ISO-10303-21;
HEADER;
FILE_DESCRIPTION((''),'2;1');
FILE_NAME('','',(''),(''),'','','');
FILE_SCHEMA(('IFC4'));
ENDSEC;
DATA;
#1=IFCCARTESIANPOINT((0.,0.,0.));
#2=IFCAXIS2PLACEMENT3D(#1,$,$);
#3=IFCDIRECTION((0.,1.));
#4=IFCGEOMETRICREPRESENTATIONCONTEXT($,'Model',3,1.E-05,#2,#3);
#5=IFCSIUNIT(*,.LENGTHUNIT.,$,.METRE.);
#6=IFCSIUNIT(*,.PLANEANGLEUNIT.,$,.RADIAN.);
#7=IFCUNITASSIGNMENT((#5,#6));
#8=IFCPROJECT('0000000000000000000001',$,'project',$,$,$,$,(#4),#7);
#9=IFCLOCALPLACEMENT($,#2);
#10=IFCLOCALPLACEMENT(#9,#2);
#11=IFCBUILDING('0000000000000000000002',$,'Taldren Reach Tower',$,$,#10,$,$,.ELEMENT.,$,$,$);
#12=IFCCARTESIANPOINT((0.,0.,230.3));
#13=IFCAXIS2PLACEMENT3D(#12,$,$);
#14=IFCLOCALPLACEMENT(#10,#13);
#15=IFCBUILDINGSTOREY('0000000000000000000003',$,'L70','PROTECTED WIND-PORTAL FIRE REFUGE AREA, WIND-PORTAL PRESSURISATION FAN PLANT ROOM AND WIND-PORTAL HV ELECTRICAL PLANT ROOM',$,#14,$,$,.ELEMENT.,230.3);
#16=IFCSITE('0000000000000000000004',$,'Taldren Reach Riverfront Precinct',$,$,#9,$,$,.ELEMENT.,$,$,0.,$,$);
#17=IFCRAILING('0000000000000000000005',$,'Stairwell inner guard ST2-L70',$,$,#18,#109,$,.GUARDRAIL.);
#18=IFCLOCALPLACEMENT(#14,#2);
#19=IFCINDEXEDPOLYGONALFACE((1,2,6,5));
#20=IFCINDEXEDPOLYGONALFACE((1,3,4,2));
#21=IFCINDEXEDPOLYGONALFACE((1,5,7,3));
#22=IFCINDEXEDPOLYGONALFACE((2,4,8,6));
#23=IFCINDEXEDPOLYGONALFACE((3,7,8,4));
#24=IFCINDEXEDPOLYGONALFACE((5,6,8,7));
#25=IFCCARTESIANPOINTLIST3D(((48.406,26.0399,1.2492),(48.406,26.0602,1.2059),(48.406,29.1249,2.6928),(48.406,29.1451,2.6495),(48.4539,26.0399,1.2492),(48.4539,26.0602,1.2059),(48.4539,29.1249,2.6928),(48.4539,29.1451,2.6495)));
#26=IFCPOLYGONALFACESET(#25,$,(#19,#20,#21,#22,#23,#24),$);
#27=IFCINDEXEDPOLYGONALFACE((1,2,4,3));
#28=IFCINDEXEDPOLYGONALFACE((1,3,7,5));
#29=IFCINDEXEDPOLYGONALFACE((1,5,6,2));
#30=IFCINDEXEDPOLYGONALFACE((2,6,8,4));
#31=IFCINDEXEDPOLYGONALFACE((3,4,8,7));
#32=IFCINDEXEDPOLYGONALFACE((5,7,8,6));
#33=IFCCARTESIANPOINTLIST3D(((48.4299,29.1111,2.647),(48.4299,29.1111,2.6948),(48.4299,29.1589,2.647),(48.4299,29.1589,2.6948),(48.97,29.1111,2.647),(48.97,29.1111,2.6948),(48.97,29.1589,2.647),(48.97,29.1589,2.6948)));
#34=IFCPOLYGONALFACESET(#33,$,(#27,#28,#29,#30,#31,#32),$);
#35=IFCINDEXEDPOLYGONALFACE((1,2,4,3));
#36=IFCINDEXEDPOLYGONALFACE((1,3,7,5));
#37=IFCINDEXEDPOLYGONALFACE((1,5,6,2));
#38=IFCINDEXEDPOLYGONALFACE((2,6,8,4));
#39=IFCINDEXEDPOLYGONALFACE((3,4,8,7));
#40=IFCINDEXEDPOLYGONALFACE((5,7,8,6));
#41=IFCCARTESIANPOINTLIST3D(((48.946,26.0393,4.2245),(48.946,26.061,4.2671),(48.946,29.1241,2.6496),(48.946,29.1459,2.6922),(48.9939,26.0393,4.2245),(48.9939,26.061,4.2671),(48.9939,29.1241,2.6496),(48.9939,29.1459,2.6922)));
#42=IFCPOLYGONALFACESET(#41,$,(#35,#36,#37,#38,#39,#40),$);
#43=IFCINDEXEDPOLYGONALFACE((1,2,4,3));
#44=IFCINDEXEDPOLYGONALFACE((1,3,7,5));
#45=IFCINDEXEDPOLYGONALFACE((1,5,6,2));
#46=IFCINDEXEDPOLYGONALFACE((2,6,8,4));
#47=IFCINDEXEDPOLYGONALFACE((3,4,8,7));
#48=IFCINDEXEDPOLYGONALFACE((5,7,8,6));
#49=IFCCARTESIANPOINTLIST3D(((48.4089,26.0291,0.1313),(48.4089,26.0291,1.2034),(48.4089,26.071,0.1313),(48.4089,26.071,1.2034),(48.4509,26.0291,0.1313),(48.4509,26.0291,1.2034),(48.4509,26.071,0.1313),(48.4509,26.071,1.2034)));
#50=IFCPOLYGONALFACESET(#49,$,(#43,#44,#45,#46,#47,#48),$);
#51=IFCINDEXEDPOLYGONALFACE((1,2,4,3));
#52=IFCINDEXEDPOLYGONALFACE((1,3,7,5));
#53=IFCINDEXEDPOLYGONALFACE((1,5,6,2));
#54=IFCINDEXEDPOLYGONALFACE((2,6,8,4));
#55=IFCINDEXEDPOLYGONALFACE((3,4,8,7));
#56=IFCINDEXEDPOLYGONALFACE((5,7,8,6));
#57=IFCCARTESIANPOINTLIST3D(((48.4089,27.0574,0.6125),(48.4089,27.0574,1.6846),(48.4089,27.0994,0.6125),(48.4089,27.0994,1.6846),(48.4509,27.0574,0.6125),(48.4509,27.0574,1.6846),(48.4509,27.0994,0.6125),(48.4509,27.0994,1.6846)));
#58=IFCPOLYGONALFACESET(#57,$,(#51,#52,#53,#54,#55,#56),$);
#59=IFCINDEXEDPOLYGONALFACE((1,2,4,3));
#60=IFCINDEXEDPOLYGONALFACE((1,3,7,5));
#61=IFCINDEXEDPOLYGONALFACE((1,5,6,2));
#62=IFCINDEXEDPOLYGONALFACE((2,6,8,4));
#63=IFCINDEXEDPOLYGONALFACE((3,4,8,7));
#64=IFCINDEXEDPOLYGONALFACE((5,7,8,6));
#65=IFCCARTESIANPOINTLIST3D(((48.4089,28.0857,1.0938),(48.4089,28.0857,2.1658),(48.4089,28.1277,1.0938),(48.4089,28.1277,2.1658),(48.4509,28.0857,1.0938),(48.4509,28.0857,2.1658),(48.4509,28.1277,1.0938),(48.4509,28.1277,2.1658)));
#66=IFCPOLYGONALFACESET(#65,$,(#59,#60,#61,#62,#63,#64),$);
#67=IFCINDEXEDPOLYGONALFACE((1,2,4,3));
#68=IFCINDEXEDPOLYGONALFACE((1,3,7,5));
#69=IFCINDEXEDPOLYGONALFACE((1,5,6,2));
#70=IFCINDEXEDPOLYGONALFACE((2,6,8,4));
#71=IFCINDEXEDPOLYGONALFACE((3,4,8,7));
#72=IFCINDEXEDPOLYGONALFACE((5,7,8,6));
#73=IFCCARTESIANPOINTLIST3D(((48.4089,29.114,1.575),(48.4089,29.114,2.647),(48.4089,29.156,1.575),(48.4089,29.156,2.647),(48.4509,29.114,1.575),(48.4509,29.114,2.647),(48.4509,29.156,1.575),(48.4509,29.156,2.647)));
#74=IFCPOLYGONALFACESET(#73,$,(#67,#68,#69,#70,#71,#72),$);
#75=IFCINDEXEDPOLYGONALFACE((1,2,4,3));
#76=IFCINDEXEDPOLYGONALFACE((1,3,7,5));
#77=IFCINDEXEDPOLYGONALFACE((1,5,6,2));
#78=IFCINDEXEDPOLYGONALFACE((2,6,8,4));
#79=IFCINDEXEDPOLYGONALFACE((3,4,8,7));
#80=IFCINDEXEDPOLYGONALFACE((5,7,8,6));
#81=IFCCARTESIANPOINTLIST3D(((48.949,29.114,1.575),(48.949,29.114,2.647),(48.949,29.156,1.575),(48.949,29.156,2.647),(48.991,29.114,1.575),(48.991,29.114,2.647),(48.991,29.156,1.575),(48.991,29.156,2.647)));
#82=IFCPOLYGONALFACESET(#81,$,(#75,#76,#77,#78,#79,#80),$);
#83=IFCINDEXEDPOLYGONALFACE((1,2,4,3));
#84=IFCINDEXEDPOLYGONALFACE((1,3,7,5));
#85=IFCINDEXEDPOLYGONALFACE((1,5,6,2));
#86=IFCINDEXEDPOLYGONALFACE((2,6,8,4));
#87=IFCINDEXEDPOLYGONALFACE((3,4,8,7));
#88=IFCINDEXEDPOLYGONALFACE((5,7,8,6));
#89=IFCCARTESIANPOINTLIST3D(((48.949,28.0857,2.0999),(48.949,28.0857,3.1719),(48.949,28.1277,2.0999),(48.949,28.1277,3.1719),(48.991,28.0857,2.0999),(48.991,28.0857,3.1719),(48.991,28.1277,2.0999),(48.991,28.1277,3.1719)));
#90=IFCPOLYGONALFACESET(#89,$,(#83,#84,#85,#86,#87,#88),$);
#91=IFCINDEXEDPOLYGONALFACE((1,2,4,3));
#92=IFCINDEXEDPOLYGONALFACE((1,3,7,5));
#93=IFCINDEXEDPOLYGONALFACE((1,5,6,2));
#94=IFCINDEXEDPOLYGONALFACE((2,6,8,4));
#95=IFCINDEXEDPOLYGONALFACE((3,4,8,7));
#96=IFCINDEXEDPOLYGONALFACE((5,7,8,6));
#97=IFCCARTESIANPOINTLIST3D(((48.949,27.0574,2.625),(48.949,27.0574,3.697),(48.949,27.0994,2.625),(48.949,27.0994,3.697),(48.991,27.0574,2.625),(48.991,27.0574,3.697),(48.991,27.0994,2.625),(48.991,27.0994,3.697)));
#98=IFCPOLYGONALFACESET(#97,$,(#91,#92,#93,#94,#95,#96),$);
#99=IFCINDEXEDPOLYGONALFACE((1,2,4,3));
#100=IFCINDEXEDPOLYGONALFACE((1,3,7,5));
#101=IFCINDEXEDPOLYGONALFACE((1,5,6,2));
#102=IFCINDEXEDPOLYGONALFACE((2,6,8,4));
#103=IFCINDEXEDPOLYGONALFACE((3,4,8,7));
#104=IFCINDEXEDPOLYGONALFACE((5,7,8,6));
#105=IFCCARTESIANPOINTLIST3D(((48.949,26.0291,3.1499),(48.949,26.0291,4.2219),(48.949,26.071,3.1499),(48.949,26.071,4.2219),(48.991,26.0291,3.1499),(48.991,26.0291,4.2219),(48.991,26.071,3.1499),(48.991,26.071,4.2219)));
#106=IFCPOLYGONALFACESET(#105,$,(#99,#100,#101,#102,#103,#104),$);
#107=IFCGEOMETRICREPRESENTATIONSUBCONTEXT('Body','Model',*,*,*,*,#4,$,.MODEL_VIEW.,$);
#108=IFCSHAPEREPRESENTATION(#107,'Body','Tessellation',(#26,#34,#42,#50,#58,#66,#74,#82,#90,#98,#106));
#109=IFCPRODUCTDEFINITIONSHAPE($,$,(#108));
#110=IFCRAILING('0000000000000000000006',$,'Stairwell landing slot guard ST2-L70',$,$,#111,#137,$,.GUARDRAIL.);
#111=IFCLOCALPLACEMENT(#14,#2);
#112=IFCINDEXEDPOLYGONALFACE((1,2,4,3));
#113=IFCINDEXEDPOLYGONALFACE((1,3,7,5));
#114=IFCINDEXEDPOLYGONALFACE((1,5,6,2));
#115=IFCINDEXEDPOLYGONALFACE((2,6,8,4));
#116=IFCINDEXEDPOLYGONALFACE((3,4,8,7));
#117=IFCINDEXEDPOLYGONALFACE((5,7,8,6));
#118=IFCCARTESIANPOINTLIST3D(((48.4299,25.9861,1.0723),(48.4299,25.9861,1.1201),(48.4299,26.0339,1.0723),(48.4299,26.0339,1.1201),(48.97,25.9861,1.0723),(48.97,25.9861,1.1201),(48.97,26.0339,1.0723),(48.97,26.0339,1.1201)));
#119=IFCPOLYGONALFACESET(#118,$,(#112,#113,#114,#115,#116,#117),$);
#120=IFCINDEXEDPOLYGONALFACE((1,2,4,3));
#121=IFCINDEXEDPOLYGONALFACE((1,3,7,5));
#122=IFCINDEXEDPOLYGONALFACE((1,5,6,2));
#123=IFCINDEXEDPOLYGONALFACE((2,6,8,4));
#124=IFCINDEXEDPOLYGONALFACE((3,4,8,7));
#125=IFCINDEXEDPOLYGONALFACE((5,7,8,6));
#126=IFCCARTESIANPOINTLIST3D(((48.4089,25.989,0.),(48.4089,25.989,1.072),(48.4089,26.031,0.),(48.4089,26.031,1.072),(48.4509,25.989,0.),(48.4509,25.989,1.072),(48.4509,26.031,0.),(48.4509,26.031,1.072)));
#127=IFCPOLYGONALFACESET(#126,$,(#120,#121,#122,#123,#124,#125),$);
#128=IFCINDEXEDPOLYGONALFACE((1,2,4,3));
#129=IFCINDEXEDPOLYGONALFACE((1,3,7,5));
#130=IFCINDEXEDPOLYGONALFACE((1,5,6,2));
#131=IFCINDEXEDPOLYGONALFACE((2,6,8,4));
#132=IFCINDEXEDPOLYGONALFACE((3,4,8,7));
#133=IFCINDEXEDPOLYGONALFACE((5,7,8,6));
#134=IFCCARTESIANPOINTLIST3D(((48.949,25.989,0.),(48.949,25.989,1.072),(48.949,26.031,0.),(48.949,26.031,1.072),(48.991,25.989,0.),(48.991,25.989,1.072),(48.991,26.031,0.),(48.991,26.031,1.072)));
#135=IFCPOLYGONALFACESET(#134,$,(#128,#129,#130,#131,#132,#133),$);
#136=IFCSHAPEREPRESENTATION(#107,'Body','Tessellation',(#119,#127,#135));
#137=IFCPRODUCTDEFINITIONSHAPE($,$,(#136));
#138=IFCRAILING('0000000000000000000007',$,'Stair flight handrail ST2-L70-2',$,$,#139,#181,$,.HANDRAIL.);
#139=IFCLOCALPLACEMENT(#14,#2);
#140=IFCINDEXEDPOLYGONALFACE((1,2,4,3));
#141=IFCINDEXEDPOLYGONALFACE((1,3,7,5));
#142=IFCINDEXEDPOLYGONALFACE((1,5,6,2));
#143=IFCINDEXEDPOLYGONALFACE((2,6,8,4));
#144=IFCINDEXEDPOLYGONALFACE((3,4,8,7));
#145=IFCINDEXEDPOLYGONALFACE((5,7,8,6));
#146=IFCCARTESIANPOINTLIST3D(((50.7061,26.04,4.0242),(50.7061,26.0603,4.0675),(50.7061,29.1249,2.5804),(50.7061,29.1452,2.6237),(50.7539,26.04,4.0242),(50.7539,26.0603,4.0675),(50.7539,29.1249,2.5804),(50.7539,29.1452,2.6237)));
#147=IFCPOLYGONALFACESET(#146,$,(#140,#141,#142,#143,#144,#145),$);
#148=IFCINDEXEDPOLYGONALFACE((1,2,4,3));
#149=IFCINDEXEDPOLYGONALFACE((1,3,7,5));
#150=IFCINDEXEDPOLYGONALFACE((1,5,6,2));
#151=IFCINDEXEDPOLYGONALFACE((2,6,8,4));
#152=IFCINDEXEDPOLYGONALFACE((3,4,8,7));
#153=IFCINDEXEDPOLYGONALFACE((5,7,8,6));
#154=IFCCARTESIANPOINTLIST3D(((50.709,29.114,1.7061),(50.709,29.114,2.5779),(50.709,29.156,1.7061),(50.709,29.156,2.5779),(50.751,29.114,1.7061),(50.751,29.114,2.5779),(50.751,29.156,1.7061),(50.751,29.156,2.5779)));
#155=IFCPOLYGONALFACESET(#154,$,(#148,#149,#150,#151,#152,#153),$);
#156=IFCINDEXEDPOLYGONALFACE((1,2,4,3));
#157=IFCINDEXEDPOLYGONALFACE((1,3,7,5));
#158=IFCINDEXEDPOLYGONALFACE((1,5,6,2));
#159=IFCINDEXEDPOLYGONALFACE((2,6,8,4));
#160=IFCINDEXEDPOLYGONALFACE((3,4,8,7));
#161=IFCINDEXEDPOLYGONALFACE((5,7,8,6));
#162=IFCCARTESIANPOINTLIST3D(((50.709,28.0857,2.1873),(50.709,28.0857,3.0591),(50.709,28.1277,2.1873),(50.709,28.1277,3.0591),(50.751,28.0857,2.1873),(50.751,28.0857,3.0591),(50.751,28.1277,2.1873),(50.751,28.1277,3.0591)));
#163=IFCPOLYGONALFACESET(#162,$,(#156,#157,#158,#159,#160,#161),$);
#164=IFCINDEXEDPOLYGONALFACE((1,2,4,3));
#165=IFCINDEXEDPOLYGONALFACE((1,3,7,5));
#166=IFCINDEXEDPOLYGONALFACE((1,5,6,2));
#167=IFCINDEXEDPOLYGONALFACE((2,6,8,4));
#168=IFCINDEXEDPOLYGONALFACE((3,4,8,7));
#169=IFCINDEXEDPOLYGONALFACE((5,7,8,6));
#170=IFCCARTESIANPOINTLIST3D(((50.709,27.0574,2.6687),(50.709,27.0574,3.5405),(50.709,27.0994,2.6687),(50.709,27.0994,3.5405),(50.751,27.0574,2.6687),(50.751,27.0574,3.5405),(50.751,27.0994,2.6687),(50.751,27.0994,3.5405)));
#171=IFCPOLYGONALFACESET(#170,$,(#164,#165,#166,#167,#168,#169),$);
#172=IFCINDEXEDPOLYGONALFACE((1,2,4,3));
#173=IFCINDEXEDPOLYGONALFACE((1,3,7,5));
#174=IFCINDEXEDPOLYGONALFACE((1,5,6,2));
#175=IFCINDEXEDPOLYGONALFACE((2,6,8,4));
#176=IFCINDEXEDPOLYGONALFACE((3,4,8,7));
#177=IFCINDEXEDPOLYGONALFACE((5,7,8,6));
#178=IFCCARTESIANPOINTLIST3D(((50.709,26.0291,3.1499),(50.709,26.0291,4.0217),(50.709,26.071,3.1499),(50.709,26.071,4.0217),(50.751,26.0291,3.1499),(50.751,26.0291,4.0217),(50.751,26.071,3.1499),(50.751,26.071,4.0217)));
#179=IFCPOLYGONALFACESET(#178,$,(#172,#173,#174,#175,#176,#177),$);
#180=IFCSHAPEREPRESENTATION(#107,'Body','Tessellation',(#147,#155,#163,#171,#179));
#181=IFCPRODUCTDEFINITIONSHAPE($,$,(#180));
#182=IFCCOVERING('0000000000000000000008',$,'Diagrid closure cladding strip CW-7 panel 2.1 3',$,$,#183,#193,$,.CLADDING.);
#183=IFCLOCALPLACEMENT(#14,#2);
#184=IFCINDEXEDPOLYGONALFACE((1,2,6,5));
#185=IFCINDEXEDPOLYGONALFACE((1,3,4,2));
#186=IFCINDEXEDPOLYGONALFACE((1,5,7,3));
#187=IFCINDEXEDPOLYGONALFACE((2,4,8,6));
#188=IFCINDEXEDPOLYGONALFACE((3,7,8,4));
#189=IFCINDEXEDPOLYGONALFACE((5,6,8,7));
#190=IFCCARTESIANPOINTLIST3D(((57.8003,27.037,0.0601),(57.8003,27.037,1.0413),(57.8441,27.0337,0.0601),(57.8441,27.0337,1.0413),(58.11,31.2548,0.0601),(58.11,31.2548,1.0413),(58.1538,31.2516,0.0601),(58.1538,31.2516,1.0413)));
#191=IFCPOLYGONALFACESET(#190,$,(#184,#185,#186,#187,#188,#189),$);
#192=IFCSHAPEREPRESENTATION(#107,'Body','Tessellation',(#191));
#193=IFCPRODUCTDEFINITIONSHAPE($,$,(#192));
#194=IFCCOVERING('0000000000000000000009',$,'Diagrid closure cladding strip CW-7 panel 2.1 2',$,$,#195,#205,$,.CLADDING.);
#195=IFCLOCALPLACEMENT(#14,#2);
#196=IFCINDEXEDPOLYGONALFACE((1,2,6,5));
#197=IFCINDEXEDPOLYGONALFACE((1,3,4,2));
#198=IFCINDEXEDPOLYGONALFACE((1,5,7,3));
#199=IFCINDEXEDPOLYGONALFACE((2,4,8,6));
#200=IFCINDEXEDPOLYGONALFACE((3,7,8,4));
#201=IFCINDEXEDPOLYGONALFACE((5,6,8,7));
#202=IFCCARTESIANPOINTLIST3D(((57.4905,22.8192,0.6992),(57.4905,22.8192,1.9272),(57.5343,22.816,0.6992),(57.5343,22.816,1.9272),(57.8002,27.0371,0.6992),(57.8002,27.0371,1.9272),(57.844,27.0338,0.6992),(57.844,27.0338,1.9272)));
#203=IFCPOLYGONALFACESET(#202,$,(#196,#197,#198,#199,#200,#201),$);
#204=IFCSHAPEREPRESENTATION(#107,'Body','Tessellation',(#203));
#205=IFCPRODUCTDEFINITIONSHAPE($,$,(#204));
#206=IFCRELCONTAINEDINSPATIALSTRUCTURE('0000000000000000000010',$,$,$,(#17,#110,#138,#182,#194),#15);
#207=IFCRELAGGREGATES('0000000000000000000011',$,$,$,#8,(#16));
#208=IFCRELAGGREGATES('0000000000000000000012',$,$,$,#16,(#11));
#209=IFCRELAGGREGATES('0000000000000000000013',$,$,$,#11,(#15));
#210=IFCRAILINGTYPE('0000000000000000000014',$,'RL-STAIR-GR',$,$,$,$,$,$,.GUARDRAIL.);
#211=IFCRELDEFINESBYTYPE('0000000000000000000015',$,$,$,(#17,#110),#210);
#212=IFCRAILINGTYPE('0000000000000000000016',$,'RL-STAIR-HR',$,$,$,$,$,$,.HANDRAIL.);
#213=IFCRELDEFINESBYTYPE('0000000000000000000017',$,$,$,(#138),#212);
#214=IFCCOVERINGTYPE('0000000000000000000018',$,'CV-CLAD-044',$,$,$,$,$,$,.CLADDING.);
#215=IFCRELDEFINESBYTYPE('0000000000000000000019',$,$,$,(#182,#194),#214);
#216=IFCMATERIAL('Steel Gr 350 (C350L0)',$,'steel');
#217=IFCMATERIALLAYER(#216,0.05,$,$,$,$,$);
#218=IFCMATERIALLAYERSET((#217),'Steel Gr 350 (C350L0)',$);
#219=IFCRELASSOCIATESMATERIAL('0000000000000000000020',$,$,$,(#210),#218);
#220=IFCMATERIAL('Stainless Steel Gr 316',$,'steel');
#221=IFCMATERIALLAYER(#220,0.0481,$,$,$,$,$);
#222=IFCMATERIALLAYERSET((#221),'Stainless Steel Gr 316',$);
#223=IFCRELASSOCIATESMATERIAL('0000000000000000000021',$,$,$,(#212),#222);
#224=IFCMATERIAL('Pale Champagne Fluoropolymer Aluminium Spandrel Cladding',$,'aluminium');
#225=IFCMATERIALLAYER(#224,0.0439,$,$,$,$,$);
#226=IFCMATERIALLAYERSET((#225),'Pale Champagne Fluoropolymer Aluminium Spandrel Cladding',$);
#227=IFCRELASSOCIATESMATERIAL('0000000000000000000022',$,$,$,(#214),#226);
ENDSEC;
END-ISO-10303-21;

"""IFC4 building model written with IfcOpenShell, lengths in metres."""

from ifc_helpers import new_model, si_unit, direction, frame, origin, origin_2d, place, context, subcontext, project, spatial, rectangle, extrude, source, transform, mapped, material, layer, layer_set, type_object, element, save


model = new_model("IFC4")

# Units and contexts
model_context = context("Model", 3, precision=1e-05, world=origin(), true_north=direction((0.0, 1.0)))
body_context = subcontext(model_context, "Body", "Model", "MODEL_VIEW")
ifc_project = project(units=[si_unit("LENGTHUNIT", "METRE"), si_unit("PLANEANGLEUNIT", "RADIAN")], contexts=[model_context])

# Site, building, storey
site_placement = place(None, origin())
site = spatial("IfcSite", under=ifc_project, at=site_placement, Name="Taldren Reach Riverfront Precinct", CompositionType="ELEMENT", RefElevation=0.0)
building_placement = place(site_placement, origin())
building = spatial("IfcBuilding", under=site, at=building_placement, Name="Taldren Reach Tower", CompositionType="ELEMENT")
storey_placement = place(building_placement, frame((0.0, 0.0, 230.3)))
storey = spatial("IfcBuildingStorey", under=building, at=storey_placement, Name="L70", Description="PROTECTED WIND-PORTAL FIRE REFUGE AREA, WIND-PORTAL PRESSURISATION FAN PLANT ROOM AND WIND-PORTAL HV ELECTRICAL PLANT ROOM", CompositionType="ELEMENT", Elevation=230.3)

# Shared definitions
ifc_material_1 = material(Name="Steel Gr 350 (C350L0)", Category="steel")

# Railings
ifc_layer_1 = layer(ifc_material_1, 0.05)
ifc_layer_set_1 = layer_set([ifc_layer_1], Name="Steel Gr 350 (C350L0)")
railing_type_1 = type_object("IfcRailingType", Name="RL-STAIR-GR", PredefinedType="GUARDRAIL", material=ifc_layer_set_1)
railing_1_placement = place(storey_placement, frame((48.4299, 26.05, 0.1313)))
element("IfcRailing", 1, at=railing_1_placement, inside=storey, type_object=railing_type_1, Name="Stairwell inner guard ST2-L70", PredefinedType="GUARDRAIL", context=body_context, shape_type="SweptSolid", body=[
    extrude(rectangle(XDim=0.0479, YDim=0.0479, at=origin_2d()), frame((0.0, 0.0, 1.0962), z_axis=(0.0, 0.905738, 0.423839), x_axis=(-1.0, 0.0, 0.0)), (0.0, 0.0, 1.0), 3.406),
    extrude(rectangle(XDim=0.0479, YDim=0.0479, at=origin_2d()), frame((0.0, 3.085, 2.5396), z_axis=(1.0, 0.0, 0.0), x_axis=(0.0, 1.0, 0.0)), (0.0, 0.0, 1.0), 0.54),
    extrude(rectangle(XDim=0.0479, YDim=0.0479, at=origin_2d()), frame((0.54, 3.085, 2.5396), z_axis=(0.0, -0.890646, 0.454697), x_axis=(1.0, 0.0, 0.0)), (0.0, 0.0, 1.0), 3.4636),
    extrude(rectangle(XDim=0.042, YDim=0.042, at=origin_2d()), origin(), (0.0, 0.0, 1.0), 1.072),
    extrude(rectangle(XDim=0.042, YDim=0.042, at=origin_2d()), frame((0.0, 1.0283, 0.4812)), (0.0, 0.0, 1.0), 1.072),
    extrude(rectangle(XDim=0.042, YDim=0.042, at=origin_2d()), frame((0.0, 2.0566, 0.9624)), (0.0, 0.0, 1.0), 1.072),
    extrude(rectangle(XDim=0.042, YDim=0.042, at=origin_2d()), frame((0.0, 3.085, 1.4436)), (0.0, 0.0, 1.0), 1.072),
    extrude(rectangle(XDim=0.042, YDim=0.042, at=origin_2d()), frame((0.54, 3.085, 1.4436)), (0.0, 0.0, 1.0), 1.072),
    extrude(rectangle(XDim=0.042, YDim=0.042, at=origin_2d()), frame((0.54, 2.0566, 1.9685)), (0.0, 0.0, 1.0), 1.072),
    extrude(rectangle(XDim=0.042, YDim=0.042, at=origin_2d()), frame((0.54, 1.0283, 2.4937)), (0.0, 0.0, 1.0), 1.072),
    extrude(rectangle(XDim=0.042, YDim=0.042, at=origin_2d()), frame((0.54, 0.0, 3.0186)), (0.0, 0.0, 1.0), 1.072),
])
railing_2_placement = place(storey_placement, frame((48.4299, 26.01, 0.0)))
element("IfcRailing", 2, at=railing_2_placement, inside=storey, type_object=railing_type_1, Name="Stairwell landing slot guard ST2-L70", PredefinedType="GUARDRAIL", context=body_context, shape_type="SweptSolid", body=[
    extrude(rectangle(XDim=0.0479, YDim=0.0479, at=origin_2d()), frame((0.0, 0.0, 1.0962), z_axis=(1.0, 0.0, 0.0), x_axis=(0.0, 1.0, 0.0)), (0.0, 0.0, 1.0), 0.54),
    extrude(rectangle(XDim=0.042, YDim=0.042, at=origin_2d()), origin(), (0.0, 0.0, 1.0), 1.072),
    extrude(rectangle(XDim=0.042, YDim=0.042, at=origin_2d()), frame((0.54, 0.0, 0.0)), (0.0, 0.0, 1.0), 1.072),
])
ifc_material_2 = material(Name="Stainless Steel Gr 316", Category="steel")
ifc_layer_2 = layer(ifc_material_2, 0.0481)
ifc_layer_set_2 = layer_set([ifc_layer_2], Name="Stainless Steel Gr 316")
railing_type_2 = type_object("IfcRailingType", Name="RL-STAIR-HR", PredefinedType="HANDRAIL", material=ifc_layer_set_2)
railing_3_placement = place(storey_placement, frame((50.73, 29.135, 1.7061)))
element("IfcRailing", 3, at=railing_3_placement, inside=storey, type_object=railing_type_2, Name="Stair flight handrail ST2-L70-2", PredefinedType="HANDRAIL", context=body_context, shape_type="SweptSolid", body=[
    extrude(rectangle(XDim=0.0479, YDim=0.0479, at=origin_2d()), frame((0.0, 0.0, 0.896), z_axis=(0.0, -0.90571, 0.423898), x_axis=(1.0, 0.0, 0.0)), (0.0, 0.0, 1.0), 3.406),
    extrude(rectangle(XDim=0.042, YDim=0.042, at=origin_2d()), origin(), (0.0, 0.0, 1.0), 0.8718),
    extrude(rectangle(XDim=0.042, YDim=0.042, at=origin_2d()), frame((0.0, -1.0283, 0.4812)), (0.0, 0.0, 1.0), 0.8718),
    extrude(rectangle(XDim=0.042, YDim=0.042, at=origin_2d()), frame((0.0, -2.0566, 0.9626)), (0.0, 0.0, 1.0), 0.8718),
    extrude(rectangle(XDim=0.042, YDim=0.042, at=origin_2d()), frame((0.0, -3.085, 1.4438)), (0.0, 0.0, 1.0), 0.8718),
])

# Coverings
ifc_material_3 = material(Name="Pale Champagne Fluoropolymer Aluminium Spandrel Cladding", Category="aluminium")
ifc_layer_3 = layer(ifc_material_3, 0.0439)
ifc_layer_set_3 = layer_set([ifc_layer_3], Name="Pale Champagne Fluoropolymer Aluminium Spandrel Cladding")
covering_type = type_object("IfcCoveringType", Name="CV-CLAD-044", PredefinedType="CLADDING", material=ifc_layer_set_3)
shared_shape_1 = source(origin(), body_context, "Body", "SweptSolid", [
    extrude(rectangle(XDim=4.2292, YDim=0.0439, at=origin_2d()), origin(), (0.0, 0.0, 1.0), 0.9812),
])
covering_1_placement = place(storey_placement, frame((57.9771, 29.1443, 0.0601), z_axis=(0.0, 0.0, 1.0), x_axis=(0.073238, 0.997314, 0.0)))
element("IfcCovering", 4, at=covering_1_placement, inside=storey, type_object=covering_type, Name="Diagrid closure cladding strip CW-7 panel 2.1 3", PredefinedType="CLADDING", context=body_context, shape_type="MappedRepresentation", body=[
    mapped(shared_shape_1, transform((0.0, 0.0, 0.0), scale=1.0)),
])
shared_shape_2 = source(origin(), body_context, "Body", "SweptSolid", [
    extrude(rectangle(XDim=4.2292, YDim=0.0439, at=origin_2d()), origin(), (0.0, 0.0, 1.0), 1.228),
])
covering_2_placement = place(storey_placement, frame((57.6672, 24.9265, 0.6992), z_axis=(0.0, 0.0, 1.0), x_axis=(0.073238, 0.997314, 0.0)))
element("IfcCovering", 5, at=covering_2_placement, inside=storey, type_object=covering_type, Name="Diagrid closure cladding strip CW-7 panel 2.1 2", PredefinedType="CLADDING", context=body_context, shape_type="MappedRepresentation", body=[
    mapped(shared_shape_2, transform((0.0, 0.0, 0.0), scale=1.0)),
])

save(model, "model.ifc")
